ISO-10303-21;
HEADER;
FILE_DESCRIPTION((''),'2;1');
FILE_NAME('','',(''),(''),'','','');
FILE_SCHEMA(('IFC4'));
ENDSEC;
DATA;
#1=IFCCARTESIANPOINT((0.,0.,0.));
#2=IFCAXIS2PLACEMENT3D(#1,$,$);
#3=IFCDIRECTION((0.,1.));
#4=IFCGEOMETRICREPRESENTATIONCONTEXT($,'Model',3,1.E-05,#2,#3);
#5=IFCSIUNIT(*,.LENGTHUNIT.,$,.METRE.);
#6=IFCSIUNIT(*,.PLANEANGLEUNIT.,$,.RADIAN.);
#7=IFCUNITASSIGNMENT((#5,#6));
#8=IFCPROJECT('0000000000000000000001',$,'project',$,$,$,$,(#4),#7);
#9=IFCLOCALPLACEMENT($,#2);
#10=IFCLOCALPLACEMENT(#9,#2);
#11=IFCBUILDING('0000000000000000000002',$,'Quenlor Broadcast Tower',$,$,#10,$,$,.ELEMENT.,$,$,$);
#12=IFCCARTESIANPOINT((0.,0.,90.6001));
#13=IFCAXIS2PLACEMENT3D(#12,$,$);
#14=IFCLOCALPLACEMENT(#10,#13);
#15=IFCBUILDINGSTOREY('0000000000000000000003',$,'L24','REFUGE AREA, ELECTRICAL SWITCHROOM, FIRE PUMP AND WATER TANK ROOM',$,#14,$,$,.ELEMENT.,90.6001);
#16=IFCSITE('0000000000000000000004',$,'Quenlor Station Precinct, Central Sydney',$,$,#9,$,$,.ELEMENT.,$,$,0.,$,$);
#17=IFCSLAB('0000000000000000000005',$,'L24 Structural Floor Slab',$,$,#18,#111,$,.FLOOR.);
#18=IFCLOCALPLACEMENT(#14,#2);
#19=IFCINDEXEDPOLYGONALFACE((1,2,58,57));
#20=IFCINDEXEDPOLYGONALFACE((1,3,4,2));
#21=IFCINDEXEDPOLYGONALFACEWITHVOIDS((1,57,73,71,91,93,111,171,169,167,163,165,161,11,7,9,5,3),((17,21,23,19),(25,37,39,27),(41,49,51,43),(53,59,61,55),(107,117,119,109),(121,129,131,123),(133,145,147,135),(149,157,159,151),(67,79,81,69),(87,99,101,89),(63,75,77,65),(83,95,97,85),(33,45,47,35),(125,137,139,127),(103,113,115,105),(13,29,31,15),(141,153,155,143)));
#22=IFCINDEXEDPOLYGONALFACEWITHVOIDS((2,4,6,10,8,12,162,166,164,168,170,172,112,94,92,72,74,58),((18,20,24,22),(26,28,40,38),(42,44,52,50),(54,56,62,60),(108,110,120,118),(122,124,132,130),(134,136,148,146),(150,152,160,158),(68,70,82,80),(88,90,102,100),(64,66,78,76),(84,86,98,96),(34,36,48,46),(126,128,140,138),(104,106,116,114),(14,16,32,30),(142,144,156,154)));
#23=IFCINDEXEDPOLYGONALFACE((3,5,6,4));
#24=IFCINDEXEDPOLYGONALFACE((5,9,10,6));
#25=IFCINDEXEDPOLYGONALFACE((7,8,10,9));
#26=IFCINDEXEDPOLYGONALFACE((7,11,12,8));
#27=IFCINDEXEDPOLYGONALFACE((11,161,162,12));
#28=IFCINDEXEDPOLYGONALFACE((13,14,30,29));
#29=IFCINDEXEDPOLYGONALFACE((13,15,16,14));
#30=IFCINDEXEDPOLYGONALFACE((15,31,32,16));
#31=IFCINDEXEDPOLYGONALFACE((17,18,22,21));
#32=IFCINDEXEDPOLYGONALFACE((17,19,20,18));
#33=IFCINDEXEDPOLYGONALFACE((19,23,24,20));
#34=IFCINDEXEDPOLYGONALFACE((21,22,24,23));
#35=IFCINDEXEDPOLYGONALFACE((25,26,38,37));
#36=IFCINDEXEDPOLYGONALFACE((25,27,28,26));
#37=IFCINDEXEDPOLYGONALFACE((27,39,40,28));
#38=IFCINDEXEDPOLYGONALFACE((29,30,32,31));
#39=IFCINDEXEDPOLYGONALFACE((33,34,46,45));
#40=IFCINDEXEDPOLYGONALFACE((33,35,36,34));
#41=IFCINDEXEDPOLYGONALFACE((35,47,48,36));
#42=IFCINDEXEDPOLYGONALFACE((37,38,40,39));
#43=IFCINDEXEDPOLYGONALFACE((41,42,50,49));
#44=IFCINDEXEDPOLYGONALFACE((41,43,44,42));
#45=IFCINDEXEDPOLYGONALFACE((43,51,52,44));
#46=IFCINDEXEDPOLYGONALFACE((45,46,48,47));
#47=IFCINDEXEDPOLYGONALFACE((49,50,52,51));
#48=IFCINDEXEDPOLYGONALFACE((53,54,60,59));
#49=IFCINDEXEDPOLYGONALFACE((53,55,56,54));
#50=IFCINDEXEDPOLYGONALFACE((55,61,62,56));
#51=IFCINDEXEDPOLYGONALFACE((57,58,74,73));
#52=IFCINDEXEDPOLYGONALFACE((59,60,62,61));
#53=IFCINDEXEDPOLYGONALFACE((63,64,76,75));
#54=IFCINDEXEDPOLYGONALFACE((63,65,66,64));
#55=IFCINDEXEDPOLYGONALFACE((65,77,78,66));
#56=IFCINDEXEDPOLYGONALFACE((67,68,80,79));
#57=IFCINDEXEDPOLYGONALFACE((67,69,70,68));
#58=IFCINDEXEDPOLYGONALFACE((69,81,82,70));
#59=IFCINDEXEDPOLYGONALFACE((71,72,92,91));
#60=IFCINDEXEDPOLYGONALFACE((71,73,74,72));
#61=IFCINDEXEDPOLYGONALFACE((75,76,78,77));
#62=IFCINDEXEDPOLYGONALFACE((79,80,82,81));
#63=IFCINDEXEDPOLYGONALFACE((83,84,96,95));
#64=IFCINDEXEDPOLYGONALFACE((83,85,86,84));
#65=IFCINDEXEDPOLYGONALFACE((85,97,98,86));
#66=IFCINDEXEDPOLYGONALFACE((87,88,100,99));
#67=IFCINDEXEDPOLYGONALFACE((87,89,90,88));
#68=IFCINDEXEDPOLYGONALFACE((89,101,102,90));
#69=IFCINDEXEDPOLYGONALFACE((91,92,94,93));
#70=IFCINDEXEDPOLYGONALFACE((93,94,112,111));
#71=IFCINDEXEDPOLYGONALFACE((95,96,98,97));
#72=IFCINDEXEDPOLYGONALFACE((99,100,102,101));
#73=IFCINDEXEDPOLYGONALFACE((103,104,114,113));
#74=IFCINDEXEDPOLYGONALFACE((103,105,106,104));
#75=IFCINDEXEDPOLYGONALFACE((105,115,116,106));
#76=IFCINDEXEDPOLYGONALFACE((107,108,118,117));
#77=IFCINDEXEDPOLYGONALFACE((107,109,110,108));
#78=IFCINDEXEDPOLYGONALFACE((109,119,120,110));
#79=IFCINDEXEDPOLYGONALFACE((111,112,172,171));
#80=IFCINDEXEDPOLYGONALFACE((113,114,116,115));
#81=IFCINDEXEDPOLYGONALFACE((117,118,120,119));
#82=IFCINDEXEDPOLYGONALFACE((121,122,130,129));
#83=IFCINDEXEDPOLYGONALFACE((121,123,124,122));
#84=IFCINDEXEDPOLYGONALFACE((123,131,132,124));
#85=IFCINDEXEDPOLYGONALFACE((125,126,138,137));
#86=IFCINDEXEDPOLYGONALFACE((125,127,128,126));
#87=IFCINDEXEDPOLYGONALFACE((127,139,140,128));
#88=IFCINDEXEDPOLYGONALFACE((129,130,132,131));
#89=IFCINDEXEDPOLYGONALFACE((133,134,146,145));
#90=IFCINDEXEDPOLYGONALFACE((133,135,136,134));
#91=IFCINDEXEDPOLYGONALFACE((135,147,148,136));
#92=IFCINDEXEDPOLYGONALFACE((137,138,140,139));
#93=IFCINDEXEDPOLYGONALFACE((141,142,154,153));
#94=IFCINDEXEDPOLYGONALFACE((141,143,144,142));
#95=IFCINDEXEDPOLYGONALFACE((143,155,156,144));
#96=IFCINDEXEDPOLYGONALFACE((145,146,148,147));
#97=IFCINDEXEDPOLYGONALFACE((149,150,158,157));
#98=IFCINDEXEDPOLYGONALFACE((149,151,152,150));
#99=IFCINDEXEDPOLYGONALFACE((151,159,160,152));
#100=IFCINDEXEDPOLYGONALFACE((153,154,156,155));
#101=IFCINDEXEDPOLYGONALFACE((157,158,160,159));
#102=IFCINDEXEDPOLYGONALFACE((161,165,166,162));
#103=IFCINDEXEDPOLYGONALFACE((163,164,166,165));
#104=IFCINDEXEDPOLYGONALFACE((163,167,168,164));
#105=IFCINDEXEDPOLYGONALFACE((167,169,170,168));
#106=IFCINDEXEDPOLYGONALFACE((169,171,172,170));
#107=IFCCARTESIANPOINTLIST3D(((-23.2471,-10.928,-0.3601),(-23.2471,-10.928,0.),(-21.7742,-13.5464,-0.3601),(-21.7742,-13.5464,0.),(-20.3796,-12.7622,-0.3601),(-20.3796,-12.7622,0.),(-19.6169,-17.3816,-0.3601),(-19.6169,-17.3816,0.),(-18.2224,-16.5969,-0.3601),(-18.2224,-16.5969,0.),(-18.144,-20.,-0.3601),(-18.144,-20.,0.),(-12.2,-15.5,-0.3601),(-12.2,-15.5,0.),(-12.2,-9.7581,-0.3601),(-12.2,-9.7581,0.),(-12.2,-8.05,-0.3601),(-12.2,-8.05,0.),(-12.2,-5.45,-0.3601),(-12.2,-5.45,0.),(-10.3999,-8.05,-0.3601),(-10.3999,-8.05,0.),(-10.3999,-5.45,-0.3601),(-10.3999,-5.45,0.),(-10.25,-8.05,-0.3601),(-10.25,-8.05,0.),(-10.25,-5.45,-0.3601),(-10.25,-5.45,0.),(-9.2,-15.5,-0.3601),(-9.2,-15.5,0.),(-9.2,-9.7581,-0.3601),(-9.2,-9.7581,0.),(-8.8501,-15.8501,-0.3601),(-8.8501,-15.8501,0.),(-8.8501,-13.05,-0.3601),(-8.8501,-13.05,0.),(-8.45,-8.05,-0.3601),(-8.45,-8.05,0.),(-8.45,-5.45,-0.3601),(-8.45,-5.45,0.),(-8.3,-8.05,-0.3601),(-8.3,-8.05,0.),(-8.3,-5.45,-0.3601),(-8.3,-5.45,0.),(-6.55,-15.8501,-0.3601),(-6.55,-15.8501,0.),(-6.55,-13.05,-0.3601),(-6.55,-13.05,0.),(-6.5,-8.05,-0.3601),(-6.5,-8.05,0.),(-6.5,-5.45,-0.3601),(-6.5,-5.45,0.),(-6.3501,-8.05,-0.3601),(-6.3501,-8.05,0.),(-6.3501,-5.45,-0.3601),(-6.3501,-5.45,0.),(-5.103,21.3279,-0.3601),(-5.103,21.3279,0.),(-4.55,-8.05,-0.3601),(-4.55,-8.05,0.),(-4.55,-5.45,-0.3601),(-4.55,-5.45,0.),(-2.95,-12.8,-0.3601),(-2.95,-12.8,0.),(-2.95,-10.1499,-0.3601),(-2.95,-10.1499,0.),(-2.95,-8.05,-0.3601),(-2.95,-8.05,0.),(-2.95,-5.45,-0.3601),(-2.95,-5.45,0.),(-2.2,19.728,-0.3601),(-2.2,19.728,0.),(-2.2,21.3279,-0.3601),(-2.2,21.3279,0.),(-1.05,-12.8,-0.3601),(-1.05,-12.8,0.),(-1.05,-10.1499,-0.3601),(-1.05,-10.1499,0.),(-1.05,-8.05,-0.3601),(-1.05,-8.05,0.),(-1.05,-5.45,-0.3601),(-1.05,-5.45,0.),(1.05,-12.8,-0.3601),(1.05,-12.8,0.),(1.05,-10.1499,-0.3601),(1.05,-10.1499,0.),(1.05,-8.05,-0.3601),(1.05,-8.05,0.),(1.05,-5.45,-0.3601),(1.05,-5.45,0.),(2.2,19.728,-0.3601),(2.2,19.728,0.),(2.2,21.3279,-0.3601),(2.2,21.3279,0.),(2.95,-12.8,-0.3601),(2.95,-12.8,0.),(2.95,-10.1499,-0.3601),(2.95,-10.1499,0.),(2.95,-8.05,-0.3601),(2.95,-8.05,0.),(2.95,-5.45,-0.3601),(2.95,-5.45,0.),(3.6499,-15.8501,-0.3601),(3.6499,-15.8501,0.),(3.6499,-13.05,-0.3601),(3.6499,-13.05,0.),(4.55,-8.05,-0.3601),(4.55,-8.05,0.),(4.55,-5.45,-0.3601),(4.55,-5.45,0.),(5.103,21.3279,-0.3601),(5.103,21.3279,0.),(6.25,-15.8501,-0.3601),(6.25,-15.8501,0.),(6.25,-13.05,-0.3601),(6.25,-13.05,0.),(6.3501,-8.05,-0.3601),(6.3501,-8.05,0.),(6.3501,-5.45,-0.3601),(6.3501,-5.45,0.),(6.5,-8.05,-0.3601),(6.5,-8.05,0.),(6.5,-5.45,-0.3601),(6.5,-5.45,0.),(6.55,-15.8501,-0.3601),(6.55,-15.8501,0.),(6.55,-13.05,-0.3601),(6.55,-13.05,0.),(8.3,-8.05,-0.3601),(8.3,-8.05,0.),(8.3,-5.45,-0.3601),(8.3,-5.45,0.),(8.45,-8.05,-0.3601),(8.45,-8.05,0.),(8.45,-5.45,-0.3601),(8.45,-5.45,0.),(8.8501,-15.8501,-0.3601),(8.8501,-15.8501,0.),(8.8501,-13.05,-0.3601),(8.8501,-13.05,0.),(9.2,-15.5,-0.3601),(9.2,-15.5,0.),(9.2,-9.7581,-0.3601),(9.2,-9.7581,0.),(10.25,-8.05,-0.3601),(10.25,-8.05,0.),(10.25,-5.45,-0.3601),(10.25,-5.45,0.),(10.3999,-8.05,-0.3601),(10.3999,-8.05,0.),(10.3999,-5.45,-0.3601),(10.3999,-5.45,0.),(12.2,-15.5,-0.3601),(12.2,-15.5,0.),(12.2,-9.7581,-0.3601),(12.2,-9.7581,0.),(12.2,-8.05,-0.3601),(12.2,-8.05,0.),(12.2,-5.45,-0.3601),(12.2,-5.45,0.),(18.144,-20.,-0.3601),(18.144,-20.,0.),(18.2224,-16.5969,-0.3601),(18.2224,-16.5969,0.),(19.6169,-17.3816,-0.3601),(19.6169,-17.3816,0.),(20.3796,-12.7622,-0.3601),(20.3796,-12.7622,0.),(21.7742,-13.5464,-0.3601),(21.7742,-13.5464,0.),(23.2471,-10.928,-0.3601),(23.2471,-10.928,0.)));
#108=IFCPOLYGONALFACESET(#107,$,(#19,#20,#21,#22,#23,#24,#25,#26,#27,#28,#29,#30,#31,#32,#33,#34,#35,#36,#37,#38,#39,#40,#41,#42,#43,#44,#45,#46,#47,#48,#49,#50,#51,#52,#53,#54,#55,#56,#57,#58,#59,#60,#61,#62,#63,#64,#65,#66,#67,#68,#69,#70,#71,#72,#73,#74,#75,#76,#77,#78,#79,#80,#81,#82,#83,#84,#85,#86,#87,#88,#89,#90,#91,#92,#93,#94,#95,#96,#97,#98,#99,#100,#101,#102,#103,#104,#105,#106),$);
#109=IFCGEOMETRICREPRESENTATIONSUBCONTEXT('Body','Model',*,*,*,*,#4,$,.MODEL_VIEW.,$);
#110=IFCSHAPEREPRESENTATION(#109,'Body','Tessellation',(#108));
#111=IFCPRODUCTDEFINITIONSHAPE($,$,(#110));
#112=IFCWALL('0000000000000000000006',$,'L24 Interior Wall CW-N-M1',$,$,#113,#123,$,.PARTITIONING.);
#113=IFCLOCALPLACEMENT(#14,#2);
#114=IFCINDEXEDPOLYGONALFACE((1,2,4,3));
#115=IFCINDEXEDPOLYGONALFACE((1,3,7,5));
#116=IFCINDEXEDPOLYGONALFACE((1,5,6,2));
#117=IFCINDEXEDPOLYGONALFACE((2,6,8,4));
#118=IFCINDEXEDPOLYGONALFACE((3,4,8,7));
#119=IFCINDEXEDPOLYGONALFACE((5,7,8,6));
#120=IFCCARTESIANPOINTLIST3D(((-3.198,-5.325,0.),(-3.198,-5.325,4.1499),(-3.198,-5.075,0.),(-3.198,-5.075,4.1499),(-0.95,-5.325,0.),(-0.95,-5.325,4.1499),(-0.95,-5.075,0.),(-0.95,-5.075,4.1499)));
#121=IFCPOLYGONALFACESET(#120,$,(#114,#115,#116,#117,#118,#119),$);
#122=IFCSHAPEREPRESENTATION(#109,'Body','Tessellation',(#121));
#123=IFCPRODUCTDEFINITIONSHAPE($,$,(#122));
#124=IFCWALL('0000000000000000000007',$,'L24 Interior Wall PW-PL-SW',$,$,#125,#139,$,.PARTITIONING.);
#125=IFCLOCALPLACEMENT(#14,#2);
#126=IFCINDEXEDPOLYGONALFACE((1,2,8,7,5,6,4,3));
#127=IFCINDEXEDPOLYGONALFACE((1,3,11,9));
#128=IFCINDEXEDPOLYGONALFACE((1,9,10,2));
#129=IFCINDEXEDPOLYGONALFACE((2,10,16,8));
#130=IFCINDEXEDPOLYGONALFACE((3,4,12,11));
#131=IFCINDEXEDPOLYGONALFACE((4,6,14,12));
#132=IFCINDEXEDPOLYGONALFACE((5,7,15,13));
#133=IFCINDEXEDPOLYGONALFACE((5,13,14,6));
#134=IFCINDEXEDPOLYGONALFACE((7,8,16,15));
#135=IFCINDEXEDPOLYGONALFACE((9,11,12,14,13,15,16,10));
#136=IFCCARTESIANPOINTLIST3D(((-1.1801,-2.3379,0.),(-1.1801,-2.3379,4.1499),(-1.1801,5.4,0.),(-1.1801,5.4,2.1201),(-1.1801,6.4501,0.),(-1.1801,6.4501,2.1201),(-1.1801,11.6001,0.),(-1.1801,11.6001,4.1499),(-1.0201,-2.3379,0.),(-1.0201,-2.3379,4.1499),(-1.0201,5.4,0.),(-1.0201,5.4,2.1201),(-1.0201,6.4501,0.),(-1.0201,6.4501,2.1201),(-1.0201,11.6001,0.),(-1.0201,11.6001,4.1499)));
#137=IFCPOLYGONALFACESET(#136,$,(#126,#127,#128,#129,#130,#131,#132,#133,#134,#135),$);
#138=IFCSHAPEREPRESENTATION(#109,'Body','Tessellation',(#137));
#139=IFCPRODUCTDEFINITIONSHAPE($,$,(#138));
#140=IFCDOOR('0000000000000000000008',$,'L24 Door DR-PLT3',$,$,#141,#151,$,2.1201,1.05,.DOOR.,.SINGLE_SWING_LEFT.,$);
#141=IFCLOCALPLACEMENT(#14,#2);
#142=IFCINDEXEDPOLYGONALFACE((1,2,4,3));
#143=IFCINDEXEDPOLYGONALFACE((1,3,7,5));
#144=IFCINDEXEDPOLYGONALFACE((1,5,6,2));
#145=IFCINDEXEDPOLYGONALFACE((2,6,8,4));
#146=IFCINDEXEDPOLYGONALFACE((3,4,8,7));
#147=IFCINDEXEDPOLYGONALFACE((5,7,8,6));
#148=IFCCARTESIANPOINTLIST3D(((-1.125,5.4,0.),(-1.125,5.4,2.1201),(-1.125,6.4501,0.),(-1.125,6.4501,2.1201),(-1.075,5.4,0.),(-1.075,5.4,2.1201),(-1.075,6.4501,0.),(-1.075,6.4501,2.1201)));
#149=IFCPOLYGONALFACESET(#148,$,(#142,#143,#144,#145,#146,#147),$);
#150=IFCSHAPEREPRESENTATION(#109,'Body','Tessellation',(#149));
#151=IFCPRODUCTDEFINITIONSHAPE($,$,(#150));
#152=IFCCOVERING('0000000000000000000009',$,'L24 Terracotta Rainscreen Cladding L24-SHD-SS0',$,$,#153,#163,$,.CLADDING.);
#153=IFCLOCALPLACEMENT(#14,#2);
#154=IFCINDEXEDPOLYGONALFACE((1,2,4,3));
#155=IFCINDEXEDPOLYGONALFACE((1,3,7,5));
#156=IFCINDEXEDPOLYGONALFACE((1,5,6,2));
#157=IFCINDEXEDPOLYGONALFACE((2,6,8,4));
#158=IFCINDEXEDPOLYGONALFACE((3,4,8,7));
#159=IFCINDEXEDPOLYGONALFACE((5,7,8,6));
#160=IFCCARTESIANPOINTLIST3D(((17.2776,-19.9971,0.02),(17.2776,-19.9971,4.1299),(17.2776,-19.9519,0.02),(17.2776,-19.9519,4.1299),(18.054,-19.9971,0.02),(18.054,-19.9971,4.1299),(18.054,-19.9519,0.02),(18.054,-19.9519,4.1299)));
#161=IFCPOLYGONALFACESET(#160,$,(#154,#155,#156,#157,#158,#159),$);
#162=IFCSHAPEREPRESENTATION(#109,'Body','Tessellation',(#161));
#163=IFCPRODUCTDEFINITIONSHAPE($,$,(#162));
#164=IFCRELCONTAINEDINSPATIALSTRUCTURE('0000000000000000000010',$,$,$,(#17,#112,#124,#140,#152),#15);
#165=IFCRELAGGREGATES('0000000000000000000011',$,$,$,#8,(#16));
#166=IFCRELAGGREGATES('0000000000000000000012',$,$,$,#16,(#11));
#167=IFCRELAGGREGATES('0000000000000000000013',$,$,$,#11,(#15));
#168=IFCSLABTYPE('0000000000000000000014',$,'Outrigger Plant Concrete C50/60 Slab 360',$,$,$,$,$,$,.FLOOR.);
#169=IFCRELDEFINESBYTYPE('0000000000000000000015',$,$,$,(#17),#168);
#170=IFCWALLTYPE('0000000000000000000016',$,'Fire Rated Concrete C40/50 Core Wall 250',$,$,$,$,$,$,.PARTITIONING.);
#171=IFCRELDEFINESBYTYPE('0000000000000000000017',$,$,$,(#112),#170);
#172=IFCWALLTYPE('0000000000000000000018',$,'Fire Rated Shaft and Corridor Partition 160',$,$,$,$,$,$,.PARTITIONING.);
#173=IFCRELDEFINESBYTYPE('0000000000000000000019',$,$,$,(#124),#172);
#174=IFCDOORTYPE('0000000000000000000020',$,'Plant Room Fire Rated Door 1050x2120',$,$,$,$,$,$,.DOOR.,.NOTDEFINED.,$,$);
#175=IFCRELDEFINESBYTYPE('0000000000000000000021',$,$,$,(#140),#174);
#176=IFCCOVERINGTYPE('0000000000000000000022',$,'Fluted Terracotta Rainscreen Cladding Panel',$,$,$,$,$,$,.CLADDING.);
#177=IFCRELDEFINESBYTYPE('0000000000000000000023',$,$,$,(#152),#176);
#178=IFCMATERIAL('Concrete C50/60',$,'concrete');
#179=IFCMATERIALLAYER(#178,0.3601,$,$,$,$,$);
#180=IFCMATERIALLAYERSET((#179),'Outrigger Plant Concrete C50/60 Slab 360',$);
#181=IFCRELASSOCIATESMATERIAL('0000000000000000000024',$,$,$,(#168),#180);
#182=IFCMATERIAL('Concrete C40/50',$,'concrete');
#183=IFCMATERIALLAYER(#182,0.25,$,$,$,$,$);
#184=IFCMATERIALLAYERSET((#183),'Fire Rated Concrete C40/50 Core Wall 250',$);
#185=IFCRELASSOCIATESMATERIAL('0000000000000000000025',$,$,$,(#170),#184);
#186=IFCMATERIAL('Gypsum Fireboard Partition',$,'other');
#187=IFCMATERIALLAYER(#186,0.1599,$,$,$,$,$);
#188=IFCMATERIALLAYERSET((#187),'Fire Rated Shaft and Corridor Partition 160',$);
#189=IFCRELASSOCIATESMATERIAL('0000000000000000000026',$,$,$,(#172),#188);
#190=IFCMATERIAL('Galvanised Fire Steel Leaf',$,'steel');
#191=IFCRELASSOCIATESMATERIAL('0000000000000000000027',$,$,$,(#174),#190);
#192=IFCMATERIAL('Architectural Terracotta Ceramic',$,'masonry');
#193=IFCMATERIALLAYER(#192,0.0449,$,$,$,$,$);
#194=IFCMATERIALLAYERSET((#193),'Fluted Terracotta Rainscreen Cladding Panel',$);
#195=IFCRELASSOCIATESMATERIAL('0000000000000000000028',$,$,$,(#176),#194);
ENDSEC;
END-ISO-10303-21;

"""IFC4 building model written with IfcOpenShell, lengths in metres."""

from ifc_helpers import new_model, si_unit, direction, frame, frame_2d, origin, place, context, subcontext, project, spatial, polyline, rectangle, outline, extrude, material, layer, layer_set, type_object, element, fill, save


model = new_model("IFC4")

# Units and contexts
model_context = context("Model", 3, precision=1e-05, world=origin(), true_north=direction((0.0, 1.0)))
body_context = subcontext(model_context, "Body", "Model", "MODEL_VIEW")
ifc_project = project(units=[si_unit("LENGTHUNIT", "METRE"), si_unit("PLANEANGLEUNIT", "RADIAN")], contexts=[model_context])

# Site, building, storey
site_placement = place(None, origin())
site = spatial("IfcSite", under=ifc_project, at=site_placement, Name="Quenlor Station Precinct, Central Sydney", CompositionType="ELEMENT", RefElevation=0.0)
building_placement = place(site_placement, origin())
building = spatial("IfcBuilding", under=site, at=building_placement, Name="Quenlor Broadcast Tower", CompositionType="ELEMENT")
storey_placement = place(building_placement, frame((0.0, 0.0, 90.6001)))
storey = spatial("IfcBuildingStorey", under=building, at=storey_placement, Name="L24", Description="REFUGE AREA, ELECTRICAL SWITCHROOM, FIRE PUMP AND WATER TANK ROOM", CompositionType="ELEMENT", Elevation=90.6001)

# Slab
ifc_material_1 = material(Name="Concrete C50/60", Category="concrete")
ifc_layer_1 = layer(ifc_material_1, 0.3601)
ifc_layer_set_1 = layer_set([ifc_layer_1], Name="Outrigger Plant Concrete C50/60 Slab 360")
slab_type = type_object("IfcSlabType", Name="Outrigger Plant Concrete C50/60 Slab 360", PredefinedType="FLOOR", material=ifc_layer_set_1)
slab_placement = place(storey_placement, frame((0.0, 0.0, -0.3601)))
element("IfcSlab", 1, at=slab_placement, inside=storey, type_object=slab_type, Name="L24 Structural Floor Slab", PredefinedType="FLOOR", context=body_context, shape_type="SweptSolid", body=[
    extrude(outline(polyline([(18.144, -20.0), (19.6169, -17.3816), (18.2224, -16.5969), (20.3796, -12.7622), (21.7742, -13.5464), (23.2471, -10.928), (5.103, 21.3279), (2.2, 21.3279), (2.2, 19.728), (-2.2, 19.728), (-2.2, 21.3279), (-5.103, 21.3279), (-23.2471, -10.928), (-21.7742, -13.5464), (-20.3796, -12.7622), (-18.2224, -16.5969), (-19.6169, -17.3816), (-18.144, -20.0), (18.144, -20.0)]), holes=[polyline([(-12.2, -9.7581), (-12.2, -15.5), (-9.2, -15.5), (-9.2, -9.7581), (-12.2, -9.7581)]), polyline([(9.2, -9.7581), (9.2, -15.5), (12.2, -15.5), (12.2, -9.7581), (9.2, -9.7581)]), polyline([(-12.2, -8.05), (-10.3999, -8.05), (-10.3999, -5.45), (-12.2, -5.45), (-12.2, -8.05)]), polyline([(-10.25, -8.05), (-8.45, -8.05), (-8.45, -5.45), (-10.25, -5.45), (-10.25, -8.05)]), polyline([(-8.3, -8.05), (-6.5, -8.05), (-6.5, -5.45), (-8.3, -5.45), (-8.3, -8.05)]), polyline([(-6.3501, -8.05), (-4.55, -8.05), (-4.55, -5.45), (-6.3501, -5.45), (-6.3501, -8.05)]), polyline([(-2.95, -8.05), (-1.05, -8.05), (-1.05, -5.45), (-2.95, -5.45), (-2.95, -8.05)]), polyline([(1.05, -8.05), (2.95, -8.05), (2.95, -5.45), (1.05, -5.45), (1.05, -8.05)]), polyline([(-2.95, -12.8), (-1.05, -12.8), (-1.05, -10.1499), (-2.95, -10.1499), (-2.95, -12.8)]), polyline([(1.05, -12.8), (2.95, -12.8), (2.95, -10.1499), (1.05, -10.1499), (1.05, -12.8)]), polyline([(4.55, -8.05), (6.3501, -8.05), (6.3501, -5.45), (4.55, -5.45), (4.55, -8.05)]), polyline([(6.5, -8.05), (8.3, -8.05), (8.3, -5.45), (6.5, -5.45), (6.5, -8.05)]), polyline([(8.45, -8.05), (10.25, -8.05), (10.25, -5.45), (8.45, -5.45), (8.45, -8.05)]), polyline([(10.3999, -8.05), (12.2, -8.05), (12.2, -5.45), (10.3999, -5.45), (10.3999, -8.05)]), polyline([(-8.8501, -15.8501), (-6.55, -15.8501), (-6.55, -13.05), (-8.8501, -13.05), (-8.8501, -15.8501)]), polyline([(6.55, -15.8501), (8.8501, -15.8501), (8.8501, -13.05), (6.55, -13.05), (6.55, -15.8501)]), polyline([(3.6499, -15.8501), (6.25, -15.8501), (6.25, -13.05), (3.6499, -13.05), (3.6499, -15.8501)])]), origin(), (0.0, 0.0, 1.0), 0.3601),
])

# Wall
ifc_material_2 = material(Name="Concrete C40/50", Category="concrete")
ifc_layer_2 = layer(ifc_material_2, 0.25)
ifc_layer_set_2 = layer_set([ifc_layer_2], Name="Fire Rated Concrete C40/50 Core Wall 250")
wall_type_1 = type_object("IfcWallType", Name="Fire Rated Concrete C40/50 Core Wall 250", PredefinedType="PARTITIONING", material=ifc_layer_set_2)
wall_1_placement = place(storey_placement, frame((-3.198, -5.2, 0.0), z_axis=(0.0, 0.0, 1.0), x_axis=(1.0, 0.0, 0.0)))
element("IfcWall", 2, at=wall_1_placement, inside=storey, type_object=wall_type_1, Name="L24 Interior Wall CW-N-M1", PredefinedType="PARTITIONING", context=body_context, shape_type="SweptSolid", body=[
    extrude(rectangle(XDim=2.248, YDim=0.25, at=frame_2d((1.124, 0.0))), origin(), (0.0, 0.0, 1.0), 4.1499),
])

# Wall, opening, door
ifc_material_3 = material(Name="Gypsum Fireboard Partition", Category="other")
ifc_layer_3 = layer(ifc_material_3, 0.1599)
ifc_layer_set_3 = layer_set([ifc_layer_3], Name="Fire Rated Shaft and Corridor Partition 160")
wall_type_2 = type_object("IfcWallType", Name="Fire Rated Shaft and Corridor Partition 160", PredefinedType="PARTITIONING", material=ifc_layer_set_3)
wall_2_placement = place(storey_placement, frame((-1.1001, -2.3379, 0.0), z_axis=(0.0, 0.0, 1.0), x_axis=(0.0, 1.0, 0.0)))
wall_2 = element("IfcWall", 3, at=wall_2_placement, inside=storey, type_object=wall_type_2, Name="L24 Interior Wall PW-PL-SW", PredefinedType="PARTITIONING", context=body_context, shape_type="SweptSolid", body=[
    extrude(rectangle(XDim=13.938, YDim=0.1599, at=frame_2d((6.969, 0.0))), origin(), (0.0, 0.0, 1.0), 4.1499),
])
opening_placement = place(wall_2_placement, frame((7.738, 0.0, 0.0)))
opening = element("IfcOpeningElement", 4, at=opening_placement, cuts=wall_2, PredefinedType="OPENING", context=body_context, shape_type="SweptSolid", body=[
    extrude(rectangle(XDim=1.05, YDim=2.1201, at=frame_2d((0.5249, 1.0601))), frame((0.0, 0.0898, 0.0), z_axis=(0.0, -1.0, 0.0), x_axis=(1.0, 0.0, 0.0)), (0.0, 0.0, 1.0), 0.1799),
])
ifc_material_4 = material(Name="Galvanised Fire Steel Leaf", Category="steel")
door_type = type_object("IfcDoorType", Name="Plant Room Fire Rated Door 1050x2120", OperationType="NOTDEFINED", PredefinedType="DOOR", material=ifc_material_4)
door_placement = place(opening_placement, origin())
door = element("IfcDoor", 5, at=door_placement, inside=storey, type_object=door_type, Name="L24 Door DR-PLT3", OperationType="SINGLE_SWING_LEFT", OverallHeight=2.1201, OverallWidth=1.05, PredefinedType="DOOR", context=body_context, shape_type="SweptSolid", body=[
    extrude(rectangle(XDim=1.05, YDim=2.1201, at=frame_2d((0.5249, 1.0601))), frame((0.0, 0.0249, 0.0), z_axis=(0.0, -1.0, 0.0), x_axis=(1.0, 0.0, 0.0)), (0.0, 0.0, 1.0), 0.05),
])
fill(opening, door)

# Covering
ifc_material_5 = material(Name="Architectural Terracotta Ceramic", Category="masonry")
ifc_layer_4 = layer(ifc_material_5, 0.0449)
ifc_layer_set_4 = layer_set([ifc_layer_4], Name="Fluted Terracotta Rainscreen Cladding Panel")
covering_type = type_object("IfcCoveringType", Name="Fluted Terracotta Rainscreen Cladding Panel", PredefinedType="CLADDING", material=ifc_layer_set_4)
covering_1_placement = place(storey_placement, frame((0.0, 0.0, 0.02)))
element("IfcCovering", 6, at=covering_1_placement, inside=storey, type_object=covering_type, Name="L24 Terracotta Rainscreen Cladding L24-SHD-SS0", PredefinedType="CLADDING", context=body_context, shape_type="SweptSolid", body=[
    extrude(outline(polyline([(18.054, -19.9519), (17.2776, -19.9519), (17.2776, -19.9971), (18.054, -19.9971), (18.054, -19.9519)])), origin(), (0.0, 0.0, 1.0), 4.1099),
])

save(model, "model.ifc")
